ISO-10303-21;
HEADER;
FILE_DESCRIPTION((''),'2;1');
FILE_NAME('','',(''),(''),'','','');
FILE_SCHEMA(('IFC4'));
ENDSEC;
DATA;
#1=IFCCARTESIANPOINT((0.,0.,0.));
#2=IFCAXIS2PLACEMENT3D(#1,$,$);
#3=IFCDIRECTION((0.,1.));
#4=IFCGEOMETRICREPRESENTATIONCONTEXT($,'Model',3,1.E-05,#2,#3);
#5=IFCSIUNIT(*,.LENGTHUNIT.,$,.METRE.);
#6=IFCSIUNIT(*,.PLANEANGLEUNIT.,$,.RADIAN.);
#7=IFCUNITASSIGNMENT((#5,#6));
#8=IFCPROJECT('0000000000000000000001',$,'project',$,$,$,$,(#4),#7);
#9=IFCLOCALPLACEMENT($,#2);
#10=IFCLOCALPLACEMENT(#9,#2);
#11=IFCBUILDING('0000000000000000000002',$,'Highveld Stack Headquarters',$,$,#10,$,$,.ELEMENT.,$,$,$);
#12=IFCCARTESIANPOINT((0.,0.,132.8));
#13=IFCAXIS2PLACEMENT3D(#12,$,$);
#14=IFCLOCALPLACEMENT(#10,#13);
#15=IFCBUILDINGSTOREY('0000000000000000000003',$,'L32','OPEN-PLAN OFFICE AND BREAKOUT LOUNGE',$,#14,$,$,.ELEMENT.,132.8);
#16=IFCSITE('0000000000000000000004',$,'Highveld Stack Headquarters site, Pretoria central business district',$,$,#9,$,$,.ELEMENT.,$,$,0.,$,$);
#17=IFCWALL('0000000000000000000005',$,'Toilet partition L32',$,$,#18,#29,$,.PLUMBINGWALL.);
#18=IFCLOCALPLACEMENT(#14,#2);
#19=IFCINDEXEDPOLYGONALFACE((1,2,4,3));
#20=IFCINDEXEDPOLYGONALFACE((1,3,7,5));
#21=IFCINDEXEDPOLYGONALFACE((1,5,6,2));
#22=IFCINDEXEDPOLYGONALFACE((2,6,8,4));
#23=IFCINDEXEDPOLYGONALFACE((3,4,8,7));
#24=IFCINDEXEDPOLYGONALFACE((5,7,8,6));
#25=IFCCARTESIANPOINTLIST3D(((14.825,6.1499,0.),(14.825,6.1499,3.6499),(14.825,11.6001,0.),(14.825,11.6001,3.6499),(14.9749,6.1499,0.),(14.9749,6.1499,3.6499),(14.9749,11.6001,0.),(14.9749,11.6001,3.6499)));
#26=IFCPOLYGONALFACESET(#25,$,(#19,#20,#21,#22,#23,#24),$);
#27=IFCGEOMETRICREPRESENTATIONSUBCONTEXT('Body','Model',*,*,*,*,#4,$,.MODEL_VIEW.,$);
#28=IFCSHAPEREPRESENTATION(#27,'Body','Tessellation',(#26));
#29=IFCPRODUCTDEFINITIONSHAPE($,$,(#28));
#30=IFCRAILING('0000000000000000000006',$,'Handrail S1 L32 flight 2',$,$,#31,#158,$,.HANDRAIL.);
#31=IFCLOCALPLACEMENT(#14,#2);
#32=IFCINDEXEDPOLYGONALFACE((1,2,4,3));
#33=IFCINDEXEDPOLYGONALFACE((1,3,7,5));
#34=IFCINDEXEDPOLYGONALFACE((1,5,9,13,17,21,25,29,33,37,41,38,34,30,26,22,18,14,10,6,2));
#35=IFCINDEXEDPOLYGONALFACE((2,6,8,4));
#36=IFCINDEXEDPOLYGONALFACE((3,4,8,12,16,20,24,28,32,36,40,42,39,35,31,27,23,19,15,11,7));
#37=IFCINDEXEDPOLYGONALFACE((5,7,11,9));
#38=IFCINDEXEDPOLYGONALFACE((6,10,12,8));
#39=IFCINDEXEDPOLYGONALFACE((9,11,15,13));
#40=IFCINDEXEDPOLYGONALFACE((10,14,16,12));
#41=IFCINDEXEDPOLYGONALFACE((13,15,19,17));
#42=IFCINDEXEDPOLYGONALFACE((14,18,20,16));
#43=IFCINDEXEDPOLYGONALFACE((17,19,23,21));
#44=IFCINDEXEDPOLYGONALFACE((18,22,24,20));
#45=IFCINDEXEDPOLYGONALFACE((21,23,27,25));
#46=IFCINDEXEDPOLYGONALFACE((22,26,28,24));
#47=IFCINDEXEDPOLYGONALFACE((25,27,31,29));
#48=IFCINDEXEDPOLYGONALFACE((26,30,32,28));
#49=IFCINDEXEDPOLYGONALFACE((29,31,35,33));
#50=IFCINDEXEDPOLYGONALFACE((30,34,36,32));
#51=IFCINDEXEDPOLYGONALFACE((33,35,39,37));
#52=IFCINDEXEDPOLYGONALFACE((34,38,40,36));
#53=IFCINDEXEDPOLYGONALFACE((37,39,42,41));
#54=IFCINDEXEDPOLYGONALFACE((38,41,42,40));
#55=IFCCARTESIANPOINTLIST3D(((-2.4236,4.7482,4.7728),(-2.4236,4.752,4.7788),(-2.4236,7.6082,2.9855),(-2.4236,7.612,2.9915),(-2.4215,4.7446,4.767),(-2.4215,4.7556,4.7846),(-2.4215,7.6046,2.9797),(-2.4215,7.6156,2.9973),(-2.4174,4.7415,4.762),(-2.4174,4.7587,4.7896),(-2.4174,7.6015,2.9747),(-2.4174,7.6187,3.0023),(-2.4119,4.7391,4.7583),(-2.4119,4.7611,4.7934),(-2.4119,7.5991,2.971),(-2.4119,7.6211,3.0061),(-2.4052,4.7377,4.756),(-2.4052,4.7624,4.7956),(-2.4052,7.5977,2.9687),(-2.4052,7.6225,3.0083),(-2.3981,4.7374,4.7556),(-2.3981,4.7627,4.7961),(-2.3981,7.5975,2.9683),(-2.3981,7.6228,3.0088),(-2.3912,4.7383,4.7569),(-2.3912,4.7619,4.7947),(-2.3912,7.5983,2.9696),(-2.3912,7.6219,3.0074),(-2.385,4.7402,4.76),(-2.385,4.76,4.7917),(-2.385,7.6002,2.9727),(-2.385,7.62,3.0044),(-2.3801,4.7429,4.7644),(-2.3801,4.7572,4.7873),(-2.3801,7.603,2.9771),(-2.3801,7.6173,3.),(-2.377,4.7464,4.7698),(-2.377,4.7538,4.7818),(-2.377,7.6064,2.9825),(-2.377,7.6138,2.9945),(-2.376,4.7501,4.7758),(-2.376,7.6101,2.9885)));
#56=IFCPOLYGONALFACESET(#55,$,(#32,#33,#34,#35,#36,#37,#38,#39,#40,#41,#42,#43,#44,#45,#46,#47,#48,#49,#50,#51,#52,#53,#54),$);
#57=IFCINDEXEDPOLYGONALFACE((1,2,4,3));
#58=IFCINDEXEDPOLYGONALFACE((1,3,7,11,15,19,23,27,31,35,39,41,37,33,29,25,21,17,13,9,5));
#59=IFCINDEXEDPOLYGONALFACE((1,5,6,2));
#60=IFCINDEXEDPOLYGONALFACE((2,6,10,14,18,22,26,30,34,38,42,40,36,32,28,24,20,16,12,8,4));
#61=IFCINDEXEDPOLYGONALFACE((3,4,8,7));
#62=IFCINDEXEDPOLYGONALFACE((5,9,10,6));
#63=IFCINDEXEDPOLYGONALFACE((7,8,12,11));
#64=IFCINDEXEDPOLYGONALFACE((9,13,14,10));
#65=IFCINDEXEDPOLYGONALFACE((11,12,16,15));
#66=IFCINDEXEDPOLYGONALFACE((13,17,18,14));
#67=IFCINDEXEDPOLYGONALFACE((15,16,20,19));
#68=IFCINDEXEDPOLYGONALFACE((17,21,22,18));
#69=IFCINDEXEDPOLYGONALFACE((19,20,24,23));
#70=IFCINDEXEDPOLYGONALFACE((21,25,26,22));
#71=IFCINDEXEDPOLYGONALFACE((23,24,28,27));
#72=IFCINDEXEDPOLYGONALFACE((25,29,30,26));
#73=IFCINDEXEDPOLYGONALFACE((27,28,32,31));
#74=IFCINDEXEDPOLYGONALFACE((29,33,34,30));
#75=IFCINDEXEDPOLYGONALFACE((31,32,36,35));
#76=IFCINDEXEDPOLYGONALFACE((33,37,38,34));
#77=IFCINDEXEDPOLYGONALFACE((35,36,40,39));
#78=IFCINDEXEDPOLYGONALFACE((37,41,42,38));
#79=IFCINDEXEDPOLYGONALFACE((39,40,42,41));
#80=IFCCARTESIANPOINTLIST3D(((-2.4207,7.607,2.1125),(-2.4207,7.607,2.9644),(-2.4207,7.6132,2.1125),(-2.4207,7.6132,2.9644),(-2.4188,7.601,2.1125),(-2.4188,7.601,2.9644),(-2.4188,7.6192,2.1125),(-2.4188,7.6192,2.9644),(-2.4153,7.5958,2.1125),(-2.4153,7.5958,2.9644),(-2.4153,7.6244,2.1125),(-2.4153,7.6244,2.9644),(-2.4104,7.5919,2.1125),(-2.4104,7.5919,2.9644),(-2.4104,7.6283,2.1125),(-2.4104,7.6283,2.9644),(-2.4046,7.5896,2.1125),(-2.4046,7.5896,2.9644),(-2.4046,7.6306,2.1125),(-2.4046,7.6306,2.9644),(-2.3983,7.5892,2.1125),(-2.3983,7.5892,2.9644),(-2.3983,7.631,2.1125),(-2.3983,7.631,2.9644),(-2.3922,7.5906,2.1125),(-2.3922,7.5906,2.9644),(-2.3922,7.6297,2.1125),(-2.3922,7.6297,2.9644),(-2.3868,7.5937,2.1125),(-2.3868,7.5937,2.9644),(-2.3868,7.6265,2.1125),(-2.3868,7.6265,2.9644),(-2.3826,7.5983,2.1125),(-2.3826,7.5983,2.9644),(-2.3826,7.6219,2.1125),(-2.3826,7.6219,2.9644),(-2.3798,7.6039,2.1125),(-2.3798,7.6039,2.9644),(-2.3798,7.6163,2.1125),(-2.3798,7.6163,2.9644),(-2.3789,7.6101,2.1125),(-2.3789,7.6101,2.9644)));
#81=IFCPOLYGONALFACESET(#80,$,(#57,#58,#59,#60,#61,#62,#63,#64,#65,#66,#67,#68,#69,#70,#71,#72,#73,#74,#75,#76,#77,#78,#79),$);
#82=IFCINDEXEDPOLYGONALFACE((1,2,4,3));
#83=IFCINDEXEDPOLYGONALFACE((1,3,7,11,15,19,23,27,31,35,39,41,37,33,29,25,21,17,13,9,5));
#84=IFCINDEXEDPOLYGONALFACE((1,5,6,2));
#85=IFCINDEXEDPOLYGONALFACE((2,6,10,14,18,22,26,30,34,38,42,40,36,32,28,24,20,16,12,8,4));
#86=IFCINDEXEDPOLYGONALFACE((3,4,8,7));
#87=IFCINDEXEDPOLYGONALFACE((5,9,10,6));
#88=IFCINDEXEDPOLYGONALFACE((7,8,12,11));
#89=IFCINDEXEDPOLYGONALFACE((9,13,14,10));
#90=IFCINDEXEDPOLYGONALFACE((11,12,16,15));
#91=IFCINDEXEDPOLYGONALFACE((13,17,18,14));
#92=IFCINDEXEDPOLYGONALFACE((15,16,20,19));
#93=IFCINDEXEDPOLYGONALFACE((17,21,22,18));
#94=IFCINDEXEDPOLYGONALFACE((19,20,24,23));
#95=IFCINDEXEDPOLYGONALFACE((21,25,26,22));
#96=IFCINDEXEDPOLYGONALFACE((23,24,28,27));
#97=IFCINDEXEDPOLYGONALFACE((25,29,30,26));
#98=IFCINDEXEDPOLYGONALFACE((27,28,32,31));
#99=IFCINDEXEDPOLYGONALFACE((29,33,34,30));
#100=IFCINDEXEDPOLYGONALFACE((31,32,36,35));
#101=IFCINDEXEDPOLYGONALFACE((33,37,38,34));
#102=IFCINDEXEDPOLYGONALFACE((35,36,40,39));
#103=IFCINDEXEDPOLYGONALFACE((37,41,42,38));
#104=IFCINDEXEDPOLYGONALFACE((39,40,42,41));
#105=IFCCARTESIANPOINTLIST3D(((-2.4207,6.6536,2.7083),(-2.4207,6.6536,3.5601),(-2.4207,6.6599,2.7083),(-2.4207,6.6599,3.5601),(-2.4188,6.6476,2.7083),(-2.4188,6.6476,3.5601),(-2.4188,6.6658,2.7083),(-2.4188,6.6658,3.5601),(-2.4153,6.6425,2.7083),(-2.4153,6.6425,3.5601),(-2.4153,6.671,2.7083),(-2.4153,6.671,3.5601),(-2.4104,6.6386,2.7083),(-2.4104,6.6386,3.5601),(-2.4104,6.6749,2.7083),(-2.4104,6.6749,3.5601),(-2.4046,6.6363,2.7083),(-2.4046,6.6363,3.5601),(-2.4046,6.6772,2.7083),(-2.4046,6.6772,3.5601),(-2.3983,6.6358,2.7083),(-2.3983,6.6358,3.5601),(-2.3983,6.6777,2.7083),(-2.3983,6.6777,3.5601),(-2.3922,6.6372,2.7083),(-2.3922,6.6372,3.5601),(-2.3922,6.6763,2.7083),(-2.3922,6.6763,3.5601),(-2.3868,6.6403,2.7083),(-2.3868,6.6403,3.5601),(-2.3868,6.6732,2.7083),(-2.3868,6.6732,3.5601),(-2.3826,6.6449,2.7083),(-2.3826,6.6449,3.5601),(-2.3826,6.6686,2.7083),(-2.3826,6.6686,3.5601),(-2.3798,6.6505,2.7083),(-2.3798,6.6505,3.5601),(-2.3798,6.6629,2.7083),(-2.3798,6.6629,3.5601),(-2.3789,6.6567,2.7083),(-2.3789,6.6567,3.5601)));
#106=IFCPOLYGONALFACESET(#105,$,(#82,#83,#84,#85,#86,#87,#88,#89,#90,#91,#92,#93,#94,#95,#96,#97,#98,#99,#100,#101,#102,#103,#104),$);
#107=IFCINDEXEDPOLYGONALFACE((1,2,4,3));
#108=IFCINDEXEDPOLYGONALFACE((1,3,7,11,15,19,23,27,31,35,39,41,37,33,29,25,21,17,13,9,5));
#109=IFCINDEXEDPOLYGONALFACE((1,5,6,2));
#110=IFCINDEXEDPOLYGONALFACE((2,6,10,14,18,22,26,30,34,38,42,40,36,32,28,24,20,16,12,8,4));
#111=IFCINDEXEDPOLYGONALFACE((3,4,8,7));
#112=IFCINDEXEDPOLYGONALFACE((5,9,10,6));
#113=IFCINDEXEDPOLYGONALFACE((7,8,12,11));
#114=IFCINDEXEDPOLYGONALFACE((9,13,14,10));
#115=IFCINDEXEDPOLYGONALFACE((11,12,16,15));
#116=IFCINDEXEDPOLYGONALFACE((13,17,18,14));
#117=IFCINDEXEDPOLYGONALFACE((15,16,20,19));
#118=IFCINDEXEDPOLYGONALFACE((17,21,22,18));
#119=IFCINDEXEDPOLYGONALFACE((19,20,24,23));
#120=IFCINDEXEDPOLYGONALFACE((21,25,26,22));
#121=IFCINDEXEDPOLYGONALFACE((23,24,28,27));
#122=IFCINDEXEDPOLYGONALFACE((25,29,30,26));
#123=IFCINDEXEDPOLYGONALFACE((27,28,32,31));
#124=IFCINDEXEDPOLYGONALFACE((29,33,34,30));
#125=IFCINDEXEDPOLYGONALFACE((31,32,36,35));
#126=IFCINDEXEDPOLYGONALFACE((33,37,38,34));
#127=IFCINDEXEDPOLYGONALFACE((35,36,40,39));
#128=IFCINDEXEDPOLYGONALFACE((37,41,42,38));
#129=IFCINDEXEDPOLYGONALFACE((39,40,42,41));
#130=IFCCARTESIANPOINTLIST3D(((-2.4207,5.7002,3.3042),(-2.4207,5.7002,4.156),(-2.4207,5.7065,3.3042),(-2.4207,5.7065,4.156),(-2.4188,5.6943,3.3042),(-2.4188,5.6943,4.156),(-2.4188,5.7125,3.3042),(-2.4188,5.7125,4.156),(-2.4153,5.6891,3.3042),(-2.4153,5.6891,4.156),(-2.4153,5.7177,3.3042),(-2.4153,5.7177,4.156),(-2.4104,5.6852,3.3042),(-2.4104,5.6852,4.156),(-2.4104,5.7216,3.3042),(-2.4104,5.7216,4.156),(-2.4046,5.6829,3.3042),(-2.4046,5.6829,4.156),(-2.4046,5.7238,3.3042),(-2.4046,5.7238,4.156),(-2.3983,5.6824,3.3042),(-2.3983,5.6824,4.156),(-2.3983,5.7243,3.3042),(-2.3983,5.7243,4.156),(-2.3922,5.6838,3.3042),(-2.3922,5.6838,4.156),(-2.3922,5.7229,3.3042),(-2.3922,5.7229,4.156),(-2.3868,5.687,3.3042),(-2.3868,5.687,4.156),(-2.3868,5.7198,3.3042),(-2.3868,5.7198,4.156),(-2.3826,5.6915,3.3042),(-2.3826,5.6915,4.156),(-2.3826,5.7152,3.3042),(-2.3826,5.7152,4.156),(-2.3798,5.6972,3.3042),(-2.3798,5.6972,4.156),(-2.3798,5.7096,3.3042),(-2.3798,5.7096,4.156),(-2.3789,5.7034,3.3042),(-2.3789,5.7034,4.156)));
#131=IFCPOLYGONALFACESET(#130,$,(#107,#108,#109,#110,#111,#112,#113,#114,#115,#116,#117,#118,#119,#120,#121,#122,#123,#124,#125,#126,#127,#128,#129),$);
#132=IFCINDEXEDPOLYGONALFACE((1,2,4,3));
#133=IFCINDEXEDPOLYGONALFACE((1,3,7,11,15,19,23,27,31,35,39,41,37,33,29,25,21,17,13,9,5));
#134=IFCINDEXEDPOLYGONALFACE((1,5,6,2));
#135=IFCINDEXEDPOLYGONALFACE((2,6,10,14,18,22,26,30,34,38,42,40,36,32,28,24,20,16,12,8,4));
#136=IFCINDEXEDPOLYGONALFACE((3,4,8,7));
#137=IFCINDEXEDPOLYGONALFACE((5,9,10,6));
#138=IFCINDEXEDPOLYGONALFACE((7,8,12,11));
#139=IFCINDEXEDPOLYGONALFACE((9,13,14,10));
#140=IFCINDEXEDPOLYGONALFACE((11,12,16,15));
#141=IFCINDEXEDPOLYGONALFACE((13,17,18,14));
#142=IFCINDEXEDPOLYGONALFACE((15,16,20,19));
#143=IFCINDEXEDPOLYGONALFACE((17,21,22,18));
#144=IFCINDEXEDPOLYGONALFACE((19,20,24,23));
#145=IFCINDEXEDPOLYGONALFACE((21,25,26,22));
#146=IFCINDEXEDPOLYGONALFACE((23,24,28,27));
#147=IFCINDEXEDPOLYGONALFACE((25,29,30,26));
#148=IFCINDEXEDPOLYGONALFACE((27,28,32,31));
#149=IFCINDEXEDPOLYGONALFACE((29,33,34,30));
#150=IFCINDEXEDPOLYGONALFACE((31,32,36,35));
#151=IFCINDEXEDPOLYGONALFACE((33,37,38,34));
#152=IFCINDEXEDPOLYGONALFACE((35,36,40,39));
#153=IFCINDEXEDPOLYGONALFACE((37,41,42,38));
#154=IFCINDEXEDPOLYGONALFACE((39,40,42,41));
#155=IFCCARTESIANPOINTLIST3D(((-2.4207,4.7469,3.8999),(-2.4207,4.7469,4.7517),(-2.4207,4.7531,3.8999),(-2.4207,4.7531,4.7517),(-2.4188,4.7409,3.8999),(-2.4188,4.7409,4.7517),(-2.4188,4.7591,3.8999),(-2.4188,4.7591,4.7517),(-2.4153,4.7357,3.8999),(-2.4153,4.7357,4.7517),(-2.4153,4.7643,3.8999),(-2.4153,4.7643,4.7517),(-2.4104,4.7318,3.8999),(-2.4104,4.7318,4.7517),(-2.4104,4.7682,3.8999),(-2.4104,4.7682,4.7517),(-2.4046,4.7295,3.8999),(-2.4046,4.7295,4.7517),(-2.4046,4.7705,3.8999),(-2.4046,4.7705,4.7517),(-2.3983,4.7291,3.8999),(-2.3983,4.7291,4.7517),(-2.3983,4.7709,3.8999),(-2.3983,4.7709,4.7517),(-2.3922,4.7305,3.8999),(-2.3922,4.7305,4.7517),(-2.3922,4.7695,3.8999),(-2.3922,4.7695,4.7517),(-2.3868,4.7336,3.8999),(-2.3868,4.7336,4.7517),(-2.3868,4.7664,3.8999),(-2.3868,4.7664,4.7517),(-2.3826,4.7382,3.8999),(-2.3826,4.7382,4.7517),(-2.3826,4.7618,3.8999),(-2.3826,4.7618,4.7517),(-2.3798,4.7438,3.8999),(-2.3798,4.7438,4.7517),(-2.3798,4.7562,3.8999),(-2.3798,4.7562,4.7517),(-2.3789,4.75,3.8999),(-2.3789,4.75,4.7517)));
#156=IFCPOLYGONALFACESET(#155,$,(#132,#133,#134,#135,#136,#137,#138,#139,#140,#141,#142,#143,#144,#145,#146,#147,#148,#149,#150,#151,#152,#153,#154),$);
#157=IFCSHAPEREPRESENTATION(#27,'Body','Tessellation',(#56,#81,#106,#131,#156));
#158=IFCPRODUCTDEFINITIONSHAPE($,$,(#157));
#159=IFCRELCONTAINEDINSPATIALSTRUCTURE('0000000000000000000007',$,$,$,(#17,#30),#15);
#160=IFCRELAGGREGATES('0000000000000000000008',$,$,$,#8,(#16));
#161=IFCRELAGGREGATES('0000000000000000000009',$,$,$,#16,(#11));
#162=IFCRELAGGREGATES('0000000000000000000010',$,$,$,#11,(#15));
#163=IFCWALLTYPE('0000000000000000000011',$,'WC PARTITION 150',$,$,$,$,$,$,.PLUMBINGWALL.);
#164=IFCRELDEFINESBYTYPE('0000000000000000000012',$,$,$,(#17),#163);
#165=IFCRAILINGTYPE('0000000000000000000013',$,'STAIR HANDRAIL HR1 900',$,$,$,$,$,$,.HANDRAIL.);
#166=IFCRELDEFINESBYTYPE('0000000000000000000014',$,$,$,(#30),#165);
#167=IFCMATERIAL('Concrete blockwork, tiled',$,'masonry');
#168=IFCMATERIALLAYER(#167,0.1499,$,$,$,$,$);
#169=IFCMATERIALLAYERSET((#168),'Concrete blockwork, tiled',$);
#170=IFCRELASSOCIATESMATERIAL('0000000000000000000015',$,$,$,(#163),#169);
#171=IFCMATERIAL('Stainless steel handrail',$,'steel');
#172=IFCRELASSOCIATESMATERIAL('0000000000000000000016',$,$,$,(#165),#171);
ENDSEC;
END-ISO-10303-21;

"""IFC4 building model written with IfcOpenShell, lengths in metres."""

from ifc_helpers import new_model, si_unit, direction, frame, frame_2d, origin, origin_2d, place, context, subcontext, project, spatial, rectangle, circle, extrude, material, layer, layer_set, type_object, element, save


model = new_model("IFC4")

# Units and contexts
model_context = context("Model", 3, precision=1e-05, world=origin(), true_north=direction((0.0, 1.0)))
body_context = subcontext(model_context, "Body", "Model", "MODEL_VIEW")
ifc_project = project(units=[si_unit("LENGTHUNIT", "METRE"), si_unit("PLANEANGLEUNIT", "RADIAN")], contexts=[model_context])

# Site, building, storey
site_placement = place(None, origin())
site = spatial("IfcSite", under=ifc_project, at=site_placement, Name="Highveld Stack Headquarters site, Pretoria central business district", CompositionType="ELEMENT", RefElevation=0.0)
building_placement = place(site_placement, origin())
building = spatial("IfcBuilding", under=site, at=building_placement, Name="Highveld Stack Headquarters", CompositionType="ELEMENT")
storey_placement = place(building_placement, frame((0.0, 0.0, 132.8)))
storey = spatial("IfcBuildingStorey", under=building, at=storey_placement, Name="L32", Description="OPEN-PLAN OFFICE AND BREAKOUT LOUNGE", CompositionType="ELEMENT", Elevation=132.8)

# Wall
ifc_material_1 = material(Name="Concrete blockwork, tiled", Category="masonry")
ifc_layer_1 = layer(ifc_material_1, 0.1499)
ifc_layer_set_1 = layer_set([ifc_layer_1], Name="Concrete blockwork, tiled")
wall_type_1 = type_object("IfcWallType", Name="WC PARTITION 150", PredefinedType="PLUMBINGWALL", material=ifc_layer_set_1)
wall_1_placement = place(storey_placement, frame((14.8999, 6.1499, 0.0), z_axis=(0.0, 0.0, 1.0), x_axis=(0.0, 1.0, 0.0)))
element("IfcWall", 1, at=wall_1_placement, inside=storey, type_object=wall_type_1, Name="Toilet partition L32", PredefinedType="PLUMBINGWALL", context=body_context, shape_type="SweptSolid", body=[
    extrude(rectangle(XDim=5.4502, YDim=0.1499, at=frame_2d((2.7251, 0.0))), origin(), (0.0, 0.0, 1.0), 3.6499),
])

# Railing
ifc_material_2 = material(Name="Stainless steel handrail", Category="steel")
railing_type = type_object("IfcRailingType", Name="STAIR HANDRAIL HR1 900", PredefinedType="HANDRAIL", material=ifc_material_2)
railing_placement = place(storey_placement, frame((-2.3999, 7.6101, 2.1125)))
element("IfcRailing", 2, at=railing_placement, inside=storey, type_object=railing_type, Name="Handrail S1 L32 flight 2", PredefinedType="HANDRAIL", context=body_context, shape_type="SweptSolid", body=[
    extrude(circle(Radius=0.0239, at=origin_2d()), frame((0.0, 0.0, 0.876), z_axis=(0.0, -0.848027, 0.529953), x_axis=(1.0, 0.0, 0.0)), (0.0, 0.0, 1.0), 3.3726),
    extrude(circle(Radius=0.021, at=origin_2d()), origin(), (0.0, 0.0, 1.0), 0.8518),
    extrude(circle(Radius=0.021, at=origin_2d()), frame((0.0, -0.9534, 0.5957)), (0.0, 0.0, 1.0), 0.8518),
    extrude(circle(Radius=0.021, at=origin_2d()), frame((0.0, -1.9067, 1.1917)), (0.0, 0.0, 1.0), 0.8518),
    extrude(circle(Radius=0.021, at=origin_2d()), frame((0.0, -2.8601, 1.7874)), (0.0, 0.0, 1.0), 0.8518),
])

save(model, "model.ifc")
